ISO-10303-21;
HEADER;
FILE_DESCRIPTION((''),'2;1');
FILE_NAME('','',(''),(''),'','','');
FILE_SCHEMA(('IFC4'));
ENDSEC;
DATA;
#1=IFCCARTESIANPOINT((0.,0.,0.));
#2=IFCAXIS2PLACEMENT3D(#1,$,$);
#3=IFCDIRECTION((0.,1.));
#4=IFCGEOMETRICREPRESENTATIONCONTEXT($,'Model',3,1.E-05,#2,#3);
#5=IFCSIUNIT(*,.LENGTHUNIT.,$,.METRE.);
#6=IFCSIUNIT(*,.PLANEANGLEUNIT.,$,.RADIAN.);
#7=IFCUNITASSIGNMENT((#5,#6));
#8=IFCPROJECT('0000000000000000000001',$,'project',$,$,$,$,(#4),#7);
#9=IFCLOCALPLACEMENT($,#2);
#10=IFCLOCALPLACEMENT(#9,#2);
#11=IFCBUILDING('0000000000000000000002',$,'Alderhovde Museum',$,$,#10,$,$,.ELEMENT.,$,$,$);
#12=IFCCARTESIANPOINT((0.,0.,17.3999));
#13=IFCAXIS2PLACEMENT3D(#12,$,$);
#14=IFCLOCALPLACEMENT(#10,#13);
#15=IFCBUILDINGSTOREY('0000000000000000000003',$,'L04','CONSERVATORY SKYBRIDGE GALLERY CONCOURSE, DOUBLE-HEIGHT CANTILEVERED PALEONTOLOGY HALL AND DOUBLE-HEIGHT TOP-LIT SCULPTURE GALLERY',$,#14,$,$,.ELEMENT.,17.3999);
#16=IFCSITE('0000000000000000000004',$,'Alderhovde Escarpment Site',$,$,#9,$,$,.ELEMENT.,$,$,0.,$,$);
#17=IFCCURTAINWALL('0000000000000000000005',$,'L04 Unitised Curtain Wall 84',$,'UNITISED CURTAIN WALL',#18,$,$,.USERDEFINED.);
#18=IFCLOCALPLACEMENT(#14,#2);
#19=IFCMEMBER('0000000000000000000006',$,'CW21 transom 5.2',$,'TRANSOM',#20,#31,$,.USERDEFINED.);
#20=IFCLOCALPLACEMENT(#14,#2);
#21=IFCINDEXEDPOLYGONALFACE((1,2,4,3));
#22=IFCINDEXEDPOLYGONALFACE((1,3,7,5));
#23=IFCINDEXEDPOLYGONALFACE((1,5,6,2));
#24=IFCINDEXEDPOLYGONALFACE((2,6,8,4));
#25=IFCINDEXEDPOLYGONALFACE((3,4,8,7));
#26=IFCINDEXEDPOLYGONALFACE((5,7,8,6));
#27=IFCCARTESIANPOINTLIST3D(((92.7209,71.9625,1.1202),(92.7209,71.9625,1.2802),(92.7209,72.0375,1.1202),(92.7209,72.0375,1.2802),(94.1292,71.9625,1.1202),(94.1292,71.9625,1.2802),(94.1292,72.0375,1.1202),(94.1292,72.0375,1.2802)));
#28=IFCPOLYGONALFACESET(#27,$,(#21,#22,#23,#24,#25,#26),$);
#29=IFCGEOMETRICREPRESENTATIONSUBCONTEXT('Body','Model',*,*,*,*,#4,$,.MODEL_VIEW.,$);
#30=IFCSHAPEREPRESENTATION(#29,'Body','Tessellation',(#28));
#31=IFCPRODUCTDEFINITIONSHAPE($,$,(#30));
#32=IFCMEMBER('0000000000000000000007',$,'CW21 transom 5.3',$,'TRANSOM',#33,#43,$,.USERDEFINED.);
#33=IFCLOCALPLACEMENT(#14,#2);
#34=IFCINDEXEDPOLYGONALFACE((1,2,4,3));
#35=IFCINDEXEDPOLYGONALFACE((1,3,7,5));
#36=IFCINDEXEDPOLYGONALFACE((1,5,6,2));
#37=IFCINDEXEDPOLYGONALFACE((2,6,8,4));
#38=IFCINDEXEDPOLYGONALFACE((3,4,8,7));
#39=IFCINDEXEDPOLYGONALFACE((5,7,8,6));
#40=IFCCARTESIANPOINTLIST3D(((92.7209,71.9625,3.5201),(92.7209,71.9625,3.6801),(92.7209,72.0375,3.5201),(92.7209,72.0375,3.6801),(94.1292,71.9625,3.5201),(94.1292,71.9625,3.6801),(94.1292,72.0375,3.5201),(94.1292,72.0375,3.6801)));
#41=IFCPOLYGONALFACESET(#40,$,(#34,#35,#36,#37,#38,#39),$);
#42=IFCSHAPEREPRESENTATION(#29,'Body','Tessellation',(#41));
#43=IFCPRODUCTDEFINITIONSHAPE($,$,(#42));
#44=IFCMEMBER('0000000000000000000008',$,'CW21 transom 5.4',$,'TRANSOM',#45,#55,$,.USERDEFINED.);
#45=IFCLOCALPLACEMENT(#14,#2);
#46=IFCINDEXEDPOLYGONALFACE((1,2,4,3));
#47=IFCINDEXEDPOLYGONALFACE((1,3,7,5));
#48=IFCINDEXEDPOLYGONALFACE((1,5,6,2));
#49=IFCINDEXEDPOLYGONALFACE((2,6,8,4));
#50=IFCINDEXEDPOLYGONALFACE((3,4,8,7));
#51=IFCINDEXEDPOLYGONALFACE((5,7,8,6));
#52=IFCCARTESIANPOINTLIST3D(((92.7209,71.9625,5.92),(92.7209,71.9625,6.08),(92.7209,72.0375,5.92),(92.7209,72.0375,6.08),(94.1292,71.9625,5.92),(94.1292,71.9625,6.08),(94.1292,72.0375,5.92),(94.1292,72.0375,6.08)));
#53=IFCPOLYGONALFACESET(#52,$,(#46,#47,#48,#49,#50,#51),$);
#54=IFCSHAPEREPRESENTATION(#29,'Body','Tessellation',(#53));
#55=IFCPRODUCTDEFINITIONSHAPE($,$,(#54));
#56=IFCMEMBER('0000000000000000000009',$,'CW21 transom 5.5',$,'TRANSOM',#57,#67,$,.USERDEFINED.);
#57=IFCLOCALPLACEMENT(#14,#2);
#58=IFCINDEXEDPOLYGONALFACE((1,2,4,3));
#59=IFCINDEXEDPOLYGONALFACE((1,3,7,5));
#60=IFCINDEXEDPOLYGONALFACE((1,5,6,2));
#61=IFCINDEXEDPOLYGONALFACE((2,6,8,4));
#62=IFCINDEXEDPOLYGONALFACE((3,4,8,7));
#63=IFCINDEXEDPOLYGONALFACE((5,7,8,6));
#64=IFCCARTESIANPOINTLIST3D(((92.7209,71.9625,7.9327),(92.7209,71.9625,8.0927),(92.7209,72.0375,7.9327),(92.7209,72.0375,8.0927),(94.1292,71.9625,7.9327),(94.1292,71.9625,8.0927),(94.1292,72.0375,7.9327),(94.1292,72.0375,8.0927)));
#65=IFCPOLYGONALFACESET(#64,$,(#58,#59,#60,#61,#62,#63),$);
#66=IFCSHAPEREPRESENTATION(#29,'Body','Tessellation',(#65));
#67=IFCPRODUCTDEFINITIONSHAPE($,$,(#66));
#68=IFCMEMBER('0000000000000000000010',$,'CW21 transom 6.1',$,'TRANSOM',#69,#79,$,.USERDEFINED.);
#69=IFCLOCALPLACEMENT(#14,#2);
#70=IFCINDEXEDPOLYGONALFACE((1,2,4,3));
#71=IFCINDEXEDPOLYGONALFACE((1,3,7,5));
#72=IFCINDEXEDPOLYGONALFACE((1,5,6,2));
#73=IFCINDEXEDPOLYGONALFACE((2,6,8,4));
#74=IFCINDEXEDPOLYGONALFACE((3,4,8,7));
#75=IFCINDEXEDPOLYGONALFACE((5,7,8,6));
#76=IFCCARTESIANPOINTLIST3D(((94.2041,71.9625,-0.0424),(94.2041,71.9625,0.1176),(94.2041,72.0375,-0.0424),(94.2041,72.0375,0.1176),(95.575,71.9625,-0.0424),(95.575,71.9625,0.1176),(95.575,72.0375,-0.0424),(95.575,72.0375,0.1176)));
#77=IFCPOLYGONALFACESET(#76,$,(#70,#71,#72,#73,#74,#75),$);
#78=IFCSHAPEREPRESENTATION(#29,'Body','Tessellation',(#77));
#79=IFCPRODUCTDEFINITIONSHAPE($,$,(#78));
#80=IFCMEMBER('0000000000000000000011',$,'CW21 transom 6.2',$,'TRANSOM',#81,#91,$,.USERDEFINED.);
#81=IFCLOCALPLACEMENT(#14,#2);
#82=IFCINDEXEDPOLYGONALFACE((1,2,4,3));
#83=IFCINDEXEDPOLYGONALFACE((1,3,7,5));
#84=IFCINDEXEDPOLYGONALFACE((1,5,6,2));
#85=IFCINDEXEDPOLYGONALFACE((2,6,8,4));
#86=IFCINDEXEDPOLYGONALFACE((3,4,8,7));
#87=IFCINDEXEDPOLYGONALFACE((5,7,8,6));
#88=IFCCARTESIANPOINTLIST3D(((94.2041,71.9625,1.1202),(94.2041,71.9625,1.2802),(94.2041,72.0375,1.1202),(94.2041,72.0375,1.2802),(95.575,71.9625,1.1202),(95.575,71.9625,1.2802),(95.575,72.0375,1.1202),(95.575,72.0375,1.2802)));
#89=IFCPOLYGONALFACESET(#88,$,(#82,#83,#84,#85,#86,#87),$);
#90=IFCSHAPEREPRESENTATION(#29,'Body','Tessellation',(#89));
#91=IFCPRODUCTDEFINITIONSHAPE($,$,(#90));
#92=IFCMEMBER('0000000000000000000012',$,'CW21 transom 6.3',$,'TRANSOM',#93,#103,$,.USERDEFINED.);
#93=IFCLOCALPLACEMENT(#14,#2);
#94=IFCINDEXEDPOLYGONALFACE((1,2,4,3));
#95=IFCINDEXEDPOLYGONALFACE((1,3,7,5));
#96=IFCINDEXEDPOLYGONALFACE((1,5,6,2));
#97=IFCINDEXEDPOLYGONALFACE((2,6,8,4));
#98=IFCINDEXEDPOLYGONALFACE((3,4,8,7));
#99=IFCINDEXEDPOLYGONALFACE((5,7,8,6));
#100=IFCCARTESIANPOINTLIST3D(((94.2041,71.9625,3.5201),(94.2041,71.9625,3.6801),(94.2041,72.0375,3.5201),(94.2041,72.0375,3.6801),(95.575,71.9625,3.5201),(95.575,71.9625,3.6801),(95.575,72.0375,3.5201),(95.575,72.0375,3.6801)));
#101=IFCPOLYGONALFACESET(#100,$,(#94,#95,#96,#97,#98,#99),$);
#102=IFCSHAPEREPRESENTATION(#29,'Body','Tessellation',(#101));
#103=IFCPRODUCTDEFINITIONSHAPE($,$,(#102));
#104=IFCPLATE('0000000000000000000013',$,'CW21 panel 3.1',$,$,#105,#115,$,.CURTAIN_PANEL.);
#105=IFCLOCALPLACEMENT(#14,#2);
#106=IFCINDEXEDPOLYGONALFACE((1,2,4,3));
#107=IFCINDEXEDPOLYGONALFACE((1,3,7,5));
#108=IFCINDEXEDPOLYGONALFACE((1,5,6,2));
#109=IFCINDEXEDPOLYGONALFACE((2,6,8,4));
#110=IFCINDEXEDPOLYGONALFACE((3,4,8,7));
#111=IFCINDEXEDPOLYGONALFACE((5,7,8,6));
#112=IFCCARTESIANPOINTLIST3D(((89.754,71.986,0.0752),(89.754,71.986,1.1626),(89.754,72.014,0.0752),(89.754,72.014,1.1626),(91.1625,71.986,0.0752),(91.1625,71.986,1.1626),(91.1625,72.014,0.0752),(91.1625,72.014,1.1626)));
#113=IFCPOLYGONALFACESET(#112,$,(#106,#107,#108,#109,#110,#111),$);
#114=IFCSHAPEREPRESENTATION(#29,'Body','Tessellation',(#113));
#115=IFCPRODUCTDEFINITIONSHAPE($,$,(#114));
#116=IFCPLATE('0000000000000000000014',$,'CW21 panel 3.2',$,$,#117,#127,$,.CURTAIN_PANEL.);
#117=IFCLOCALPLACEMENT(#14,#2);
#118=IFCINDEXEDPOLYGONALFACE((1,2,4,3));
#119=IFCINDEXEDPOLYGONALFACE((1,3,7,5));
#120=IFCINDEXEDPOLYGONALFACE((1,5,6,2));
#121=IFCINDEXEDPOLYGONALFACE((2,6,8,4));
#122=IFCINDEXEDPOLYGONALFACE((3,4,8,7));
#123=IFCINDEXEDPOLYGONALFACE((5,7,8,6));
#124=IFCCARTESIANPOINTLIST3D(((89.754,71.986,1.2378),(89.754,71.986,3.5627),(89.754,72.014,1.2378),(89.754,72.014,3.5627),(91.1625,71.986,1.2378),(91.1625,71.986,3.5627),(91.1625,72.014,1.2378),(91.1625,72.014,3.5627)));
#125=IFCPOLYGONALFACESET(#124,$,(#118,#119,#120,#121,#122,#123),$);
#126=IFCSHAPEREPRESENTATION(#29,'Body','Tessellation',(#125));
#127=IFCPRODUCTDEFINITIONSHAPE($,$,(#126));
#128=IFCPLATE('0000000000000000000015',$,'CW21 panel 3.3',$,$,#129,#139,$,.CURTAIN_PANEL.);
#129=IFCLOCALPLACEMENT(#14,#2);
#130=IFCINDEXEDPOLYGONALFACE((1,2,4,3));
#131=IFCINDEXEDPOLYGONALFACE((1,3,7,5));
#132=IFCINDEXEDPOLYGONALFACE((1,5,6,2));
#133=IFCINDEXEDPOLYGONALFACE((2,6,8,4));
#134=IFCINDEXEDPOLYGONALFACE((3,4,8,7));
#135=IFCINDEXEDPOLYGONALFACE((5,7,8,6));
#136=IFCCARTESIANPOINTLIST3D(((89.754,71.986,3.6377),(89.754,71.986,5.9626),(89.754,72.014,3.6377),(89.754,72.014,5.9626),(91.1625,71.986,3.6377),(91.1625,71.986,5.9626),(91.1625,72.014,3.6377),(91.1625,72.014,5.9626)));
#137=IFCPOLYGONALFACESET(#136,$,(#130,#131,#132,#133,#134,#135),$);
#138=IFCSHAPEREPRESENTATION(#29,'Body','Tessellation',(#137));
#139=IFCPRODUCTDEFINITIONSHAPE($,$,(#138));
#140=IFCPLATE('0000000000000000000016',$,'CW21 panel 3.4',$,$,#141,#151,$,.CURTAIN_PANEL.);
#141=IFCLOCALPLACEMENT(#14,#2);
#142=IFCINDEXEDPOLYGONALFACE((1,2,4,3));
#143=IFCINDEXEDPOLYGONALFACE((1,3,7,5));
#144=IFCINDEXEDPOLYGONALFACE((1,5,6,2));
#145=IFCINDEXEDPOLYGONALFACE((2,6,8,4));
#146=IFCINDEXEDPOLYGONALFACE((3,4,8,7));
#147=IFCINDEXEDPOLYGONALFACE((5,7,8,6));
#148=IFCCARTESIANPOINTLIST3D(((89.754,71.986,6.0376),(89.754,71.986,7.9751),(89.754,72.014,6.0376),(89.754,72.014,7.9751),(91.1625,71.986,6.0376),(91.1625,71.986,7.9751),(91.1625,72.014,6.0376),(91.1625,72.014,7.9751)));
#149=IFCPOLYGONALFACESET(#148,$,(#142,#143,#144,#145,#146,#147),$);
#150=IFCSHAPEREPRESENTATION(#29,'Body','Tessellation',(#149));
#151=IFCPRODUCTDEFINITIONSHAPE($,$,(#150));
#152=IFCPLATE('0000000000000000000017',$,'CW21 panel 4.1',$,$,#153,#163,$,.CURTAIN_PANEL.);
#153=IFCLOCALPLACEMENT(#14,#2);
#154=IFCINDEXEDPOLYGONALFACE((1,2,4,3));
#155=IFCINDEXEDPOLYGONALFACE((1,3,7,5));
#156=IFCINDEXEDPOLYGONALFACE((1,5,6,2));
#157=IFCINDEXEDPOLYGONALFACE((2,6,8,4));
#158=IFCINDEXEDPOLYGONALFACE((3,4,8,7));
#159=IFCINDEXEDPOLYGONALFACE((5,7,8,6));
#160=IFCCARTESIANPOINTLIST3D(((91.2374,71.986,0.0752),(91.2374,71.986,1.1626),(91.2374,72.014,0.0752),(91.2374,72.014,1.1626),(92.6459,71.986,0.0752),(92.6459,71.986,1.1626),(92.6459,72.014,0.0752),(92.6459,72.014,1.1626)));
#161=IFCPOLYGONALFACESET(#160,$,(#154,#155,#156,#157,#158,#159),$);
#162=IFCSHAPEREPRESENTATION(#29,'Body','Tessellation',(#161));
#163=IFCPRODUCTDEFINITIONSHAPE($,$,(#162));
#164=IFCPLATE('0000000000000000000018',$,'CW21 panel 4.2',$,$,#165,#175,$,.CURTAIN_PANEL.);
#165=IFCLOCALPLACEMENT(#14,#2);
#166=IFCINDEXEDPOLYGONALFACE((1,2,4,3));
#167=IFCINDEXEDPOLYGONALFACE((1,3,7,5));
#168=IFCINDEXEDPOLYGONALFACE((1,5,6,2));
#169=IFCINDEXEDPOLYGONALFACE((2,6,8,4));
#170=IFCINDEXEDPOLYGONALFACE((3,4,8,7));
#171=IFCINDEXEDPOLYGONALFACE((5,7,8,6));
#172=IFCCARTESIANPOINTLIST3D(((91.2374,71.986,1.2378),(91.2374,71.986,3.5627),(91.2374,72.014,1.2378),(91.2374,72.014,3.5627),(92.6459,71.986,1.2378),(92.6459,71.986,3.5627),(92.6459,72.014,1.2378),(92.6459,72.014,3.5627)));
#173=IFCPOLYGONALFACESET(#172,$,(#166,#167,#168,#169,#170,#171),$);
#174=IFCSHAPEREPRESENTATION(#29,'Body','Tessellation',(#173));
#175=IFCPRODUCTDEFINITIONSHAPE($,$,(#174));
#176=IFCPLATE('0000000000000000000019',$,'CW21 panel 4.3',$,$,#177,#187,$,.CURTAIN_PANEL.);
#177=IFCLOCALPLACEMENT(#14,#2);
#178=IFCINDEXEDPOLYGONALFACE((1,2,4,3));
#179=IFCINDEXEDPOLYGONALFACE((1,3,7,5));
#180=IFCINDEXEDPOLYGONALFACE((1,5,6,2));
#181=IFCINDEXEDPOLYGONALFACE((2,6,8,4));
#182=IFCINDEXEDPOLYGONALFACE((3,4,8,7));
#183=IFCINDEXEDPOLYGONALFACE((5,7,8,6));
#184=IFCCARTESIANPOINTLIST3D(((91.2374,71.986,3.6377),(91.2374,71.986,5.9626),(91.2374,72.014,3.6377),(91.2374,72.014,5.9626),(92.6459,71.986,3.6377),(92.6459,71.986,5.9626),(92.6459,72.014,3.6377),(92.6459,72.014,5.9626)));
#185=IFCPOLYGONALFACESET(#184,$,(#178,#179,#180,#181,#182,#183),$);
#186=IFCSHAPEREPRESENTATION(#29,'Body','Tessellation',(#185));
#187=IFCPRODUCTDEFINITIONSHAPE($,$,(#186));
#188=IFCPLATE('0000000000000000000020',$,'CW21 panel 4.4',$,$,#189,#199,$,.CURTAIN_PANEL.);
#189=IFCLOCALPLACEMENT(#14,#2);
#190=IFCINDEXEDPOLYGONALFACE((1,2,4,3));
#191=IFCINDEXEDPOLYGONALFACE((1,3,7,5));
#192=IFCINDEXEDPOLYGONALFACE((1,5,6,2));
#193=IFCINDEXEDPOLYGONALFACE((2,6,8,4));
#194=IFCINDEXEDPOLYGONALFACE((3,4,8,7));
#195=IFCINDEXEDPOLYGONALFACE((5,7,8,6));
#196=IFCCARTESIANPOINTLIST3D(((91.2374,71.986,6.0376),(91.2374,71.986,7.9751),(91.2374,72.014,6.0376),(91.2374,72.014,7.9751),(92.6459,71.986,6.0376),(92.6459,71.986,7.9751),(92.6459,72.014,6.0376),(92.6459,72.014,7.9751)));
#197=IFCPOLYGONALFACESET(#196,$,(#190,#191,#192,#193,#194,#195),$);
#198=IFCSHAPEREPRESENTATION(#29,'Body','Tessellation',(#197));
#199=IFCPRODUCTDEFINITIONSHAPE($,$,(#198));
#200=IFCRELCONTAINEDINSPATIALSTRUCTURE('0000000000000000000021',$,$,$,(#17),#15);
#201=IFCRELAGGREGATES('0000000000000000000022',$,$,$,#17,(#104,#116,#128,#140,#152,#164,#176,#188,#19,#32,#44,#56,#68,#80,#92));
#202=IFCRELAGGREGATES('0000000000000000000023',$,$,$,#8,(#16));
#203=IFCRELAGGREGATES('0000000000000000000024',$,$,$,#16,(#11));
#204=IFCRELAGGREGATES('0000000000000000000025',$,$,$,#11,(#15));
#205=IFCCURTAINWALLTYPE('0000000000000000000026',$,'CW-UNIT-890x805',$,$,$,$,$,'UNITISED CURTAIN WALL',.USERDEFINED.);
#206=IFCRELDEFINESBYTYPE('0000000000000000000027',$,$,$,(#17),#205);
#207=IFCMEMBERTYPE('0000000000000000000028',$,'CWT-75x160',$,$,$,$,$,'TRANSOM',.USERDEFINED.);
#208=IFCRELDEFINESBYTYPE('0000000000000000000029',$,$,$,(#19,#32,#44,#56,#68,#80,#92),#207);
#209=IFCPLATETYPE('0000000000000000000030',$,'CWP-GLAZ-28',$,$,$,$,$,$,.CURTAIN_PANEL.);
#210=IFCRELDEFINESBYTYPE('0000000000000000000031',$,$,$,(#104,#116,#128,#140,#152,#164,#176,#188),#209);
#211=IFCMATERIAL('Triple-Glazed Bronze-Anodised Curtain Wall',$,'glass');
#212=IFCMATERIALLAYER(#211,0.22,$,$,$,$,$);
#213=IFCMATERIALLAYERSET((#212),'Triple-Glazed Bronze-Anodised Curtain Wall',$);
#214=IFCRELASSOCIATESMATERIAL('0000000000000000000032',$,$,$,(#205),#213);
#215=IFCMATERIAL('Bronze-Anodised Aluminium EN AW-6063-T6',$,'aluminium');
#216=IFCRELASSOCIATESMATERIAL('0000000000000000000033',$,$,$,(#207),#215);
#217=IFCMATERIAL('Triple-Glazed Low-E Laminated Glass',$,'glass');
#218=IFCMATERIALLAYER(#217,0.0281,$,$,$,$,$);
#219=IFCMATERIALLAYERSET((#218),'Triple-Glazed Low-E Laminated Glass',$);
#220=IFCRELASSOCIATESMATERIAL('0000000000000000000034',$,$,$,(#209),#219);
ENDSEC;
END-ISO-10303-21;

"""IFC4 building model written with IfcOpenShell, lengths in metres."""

from ifc_helpers import new_model, si_unit, direction, frame, origin, origin_2d, place, context, subcontext, project, spatial, rectangle, extrude, material, layer, layer_set, material_profile, profile_set, type_object, element, aggregate, save


model = new_model("IFC4")

# Units and contexts
model_context = context("Model", 3, precision=1e-05, world=origin(), true_north=direction((0.0, 1.0)))
body_context = subcontext(model_context, "Body", "Model", "MODEL_VIEW")
ifc_project = project(units=[si_unit("LENGTHUNIT", "METRE"), si_unit("PLANEANGLEUNIT", "RADIAN")], contexts=[model_context])

# Site, building, storey
site_placement = place(None, origin())
site = spatial("IfcSite", under=ifc_project, at=site_placement, Name="Alderhovde Escarpment Site", CompositionType="ELEMENT", RefElevation=0.0)
building_placement = place(site_placement, origin())
building = spatial("IfcBuilding", under=site, at=building_placement, Name="Alderhovde Museum", CompositionType="ELEMENT")
storey_placement = place(building_placement, frame((0.0, 0.0, 17.3999)))
storey = spatial("IfcBuildingStorey", under=building, at=storey_placement, Name="L04", Description="CONSERVATORY SKYBRIDGE GALLERY CONCOURSE, DOUBLE-HEIGHT CANTILEVERED PALEONTOLOGY HALL AND DOUBLE-HEIGHT TOP-LIT SCULPTURE GALLERY", CompositionType="ELEMENT", Elevation=17.3999)

# Curtain wall, members, plates
ifc_material_1 = material(Name="Triple-Glazed Bronze-Anodised Curtain Wall", Category="glass")
ifc_layer_1 = layer(ifc_material_1, 0.22)
ifc_layer_set_1 = layer_set([ifc_layer_1], Name="Triple-Glazed Bronze-Anodised Curtain Wall")
curtain_wall_type = type_object("IfcCurtainWallType", Name="CW-UNIT-890x805", ElementType="UNITISED CURTAIN WALL", PredefinedType="USERDEFINED", material=ifc_layer_set_1)
curtain_wall_placement = place(storey_placement, origin())
curtain_wall = element("IfcCurtainWall", 1, at=curtain_wall_placement, inside=storey, type_object=curtain_wall_type, Name="L04 Unitised Curtain Wall 84", ObjectType="UNITISED CURTAIN WALL", PredefinedType="USERDEFINED")
ifc_material_2 = material(Name="Bronze-Anodised Aluminium EN AW-6063-T6", Category="aluminium")
ifc_material_profile_1 = material_profile(ifc_material_2, rectangle(XDim=0.075, YDim=0.1599, at=origin_2d()), Name="TRANSOM 75x160")
ifc_profile_set_1 = profile_set([ifc_material_profile_1], Name="Bronze-Anodised Aluminium EN AW-6063-T6")
member_type_1 = type_object("IfcMemberType", Name="CWT-75x160", ElementType="TRANSOM", PredefinedType="USERDEFINED", material=ifc_profile_set_1)
member_1_placement = place(storey_placement, frame((92.7209, 72.0, 1.2002), z_axis=(1.0, 0.0, 0.0), x_axis=(0.0, 1.0, 0.0)))
member_1 = element("IfcMember", 2, at=member_1_placement, type_object=member_type_1, Name="CW21 transom 5.2", ObjectType="TRANSOM", PredefinedType="USERDEFINED", context=body_context, shape_type="SweptSolid", body=[
    extrude(rectangle(XDim=0.075, YDim=0.1599, at=origin_2d()), origin(), (0.0, 0.0, 1.0), 1.4082),
])
member_2_placement = place(storey_placement, frame((92.7209, 72.0, 3.6001), z_axis=(1.0, 0.0, 0.0), x_axis=(0.0, 1.0, 0.0)))
member_2 = element("IfcMember", 3, at=member_2_placement, type_object=member_type_1, Name="CW21 transom 5.3", ObjectType="TRANSOM", PredefinedType="USERDEFINED", context=body_context, shape_type="SweptSolid", body=[
    extrude(rectangle(XDim=0.075, YDim=0.1599, at=origin_2d()), origin(), (0.0, 0.0, 1.0), 1.4082),
])
member_3_placement = place(storey_placement, frame((92.7209, 72.0, 6.0), z_axis=(1.0, 0.0, 0.0), x_axis=(0.0, 1.0, 0.0)))
member_3 = element("IfcMember", 4, at=member_3_placement, type_object=member_type_1, Name="CW21 transom 5.4", ObjectType="TRANSOM", PredefinedType="USERDEFINED", context=body_context, shape_type="SweptSolid", body=[
    extrude(rectangle(XDim=0.075, YDim=0.1599, at=origin_2d()), origin(), (0.0, 0.0, 1.0), 1.4082),
])
member_4_placement = place(storey_placement, frame((92.7209, 72.0, 8.0127), z_axis=(1.0, 0.0, 0.0), x_axis=(0.0, 1.0, 0.0)))
member_4 = element("IfcMember", 5, at=member_4_placement, type_object=member_type_1, Name="CW21 transom 5.5", ObjectType="TRANSOM", PredefinedType="USERDEFINED", context=body_context, shape_type="SweptSolid", body=[
    extrude(rectangle(XDim=0.075, YDim=0.1599, at=origin_2d()), origin(), (0.0, 0.0, 1.0), 1.4082),
])
member_5_placement = place(storey_placement, frame((94.2041, 72.0, 0.0376), z_axis=(1.0, 0.0, 0.0), x_axis=(0.0, 1.0, 0.0)))
member_5 = element("IfcMember", 6, at=member_5_placement, type_object=member_type_1, Name="CW21 transom 6.1", ObjectType="TRANSOM", PredefinedType="USERDEFINED", context=body_context, shape_type="SweptSolid", body=[
    extrude(rectangle(XDim=0.075, YDim=0.1599, at=origin_2d()), origin(), (0.0, 0.0, 1.0), 1.3708),
])
member_6_placement = place(storey_placement, frame((94.2041, 72.0, 1.2002), z_axis=(1.0, 0.0, 0.0), x_axis=(0.0, 1.0, 0.0)))
member_6 = element("IfcMember", 7, at=member_6_placement, type_object=member_type_1, Name="CW21 transom 6.2", ObjectType="TRANSOM", PredefinedType="USERDEFINED", context=body_context, shape_type="SweptSolid", body=[
    extrude(rectangle(XDim=0.075, YDim=0.1599, at=origin_2d()), origin(), (0.0, 0.0, 1.0), 1.3708),
])
member_7_placement = place(storey_placement, frame((94.2041, 72.0, 3.6001), z_axis=(1.0, 0.0, 0.0), x_axis=(0.0, 1.0, 0.0)))
member_7 = element("IfcMember", 8, at=member_7_placement, type_object=member_type_1, Name="CW21 transom 6.3", ObjectType="TRANSOM", PredefinedType="USERDEFINED", context=body_context, shape_type="SweptSolid", body=[
    extrude(rectangle(XDim=0.075, YDim=0.1599, at=origin_2d()), origin(), (0.0, 0.0, 1.0), 1.3708),
])
ifc_material_3 = material(Name="Triple-Glazed Low-E Laminated Glass", Category="glass")
ifc_layer_2 = layer(ifc_material_3, 0.0281)
ifc_layer_set_2 = layer_set([ifc_layer_2], Name="Triple-Glazed Low-E Laminated Glass")
plate_type = type_object("IfcPlateType", Name="CWP-GLAZ-28", PredefinedType="CURTAIN_PANEL", material=ifc_layer_set_2)
plate_1_placement = place(storey_placement, frame((90.4583, 72.0, 0.0752), z_axis=(0.0, 0.0, 1.0), x_axis=(1.0, 0.0, 0.0)))
plate_1 = element("IfcPlate", 9, at=plate_1_placement, type_object=plate_type, Name="CW21 panel 3.1", PredefinedType="CURTAIN_PANEL", context=body_context, shape_type="SweptSolid", body=[
    extrude(rectangle(XDim=1.4084, YDim=0.0281, at=origin_2d()), origin(), (0.0, 0.0, 1.0), 1.0874),
])
plate_2_placement = place(storey_placement, frame((90.4583, 72.0, 1.2378), z_axis=(0.0, 0.0, 1.0), x_axis=(1.0, 0.0, 0.0)))
plate_2 = element("IfcPlate", 10, at=plate_2_placement, type_object=plate_type, Name="CW21 panel 3.2", PredefinedType="CURTAIN_PANEL", context=body_context, shape_type="SweptSolid", body=[
    extrude(rectangle(XDim=1.4084, YDim=0.0281, at=origin_2d()), origin(), (0.0, 0.0, 1.0), 2.325),
])
plate_3_placement = place(storey_placement, frame((90.4583, 72.0, 3.6377), z_axis=(0.0, 0.0, 1.0), x_axis=(1.0, 0.0, 0.0)))
plate_3 = element("IfcPlate", 11, at=plate_3_placement, type_object=plate_type, Name="CW21 panel 3.3", PredefinedType="CURTAIN_PANEL", context=body_context, shape_type="SweptSolid", body=[
    extrude(rectangle(XDim=1.4084, YDim=0.0281, at=origin_2d()), origin(), (0.0, 0.0, 1.0), 2.325),
])
plate_4_placement = place(storey_placement, frame((90.4583, 72.0, 6.0376), z_axis=(0.0, 0.0, 1.0), x_axis=(1.0, 0.0, 0.0)))
plate_4 = element("IfcPlate", 12, at=plate_4_placement, type_object=plate_type, Name="CW21 panel 3.4", PredefinedType="CURTAIN_PANEL", context=body_context, shape_type="SweptSolid", body=[
    extrude(rectangle(XDim=1.4084, YDim=0.0281, at=origin_2d()), origin(), (0.0, 0.0, 1.0), 1.9375),
])
plate_5_placement = place(storey_placement, frame((91.9417, 72.0, 0.0752), z_axis=(0.0, 0.0, 1.0), x_axis=(1.0, 0.0, 0.0)))
plate_5 = element("IfcPlate", 13, at=plate_5_placement, type_object=plate_type, Name="CW21 panel 4.1", PredefinedType="CURTAIN_PANEL", context=body_context, shape_type="SweptSolid", body=[
    extrude(rectangle(XDim=1.4084, YDim=0.0281, at=origin_2d()), origin(), (0.0, 0.0, 1.0), 1.0874),
])
plate_6_placement = place(storey_placement, frame((91.9417, 72.0, 1.2378), z_axis=(0.0, 0.0, 1.0), x_axis=(1.0, 0.0, 0.0)))
plate_6 = element("IfcPlate", 14, at=plate_6_placement, type_object=plate_type, Name="CW21 panel 4.2", PredefinedType="CURTAIN_PANEL", context=body_context, shape_type="SweptSolid", body=[
    extrude(rectangle(XDim=1.4084, YDim=0.0281, at=origin_2d()), origin(), (0.0, 0.0, 1.0), 2.325),
])
plate_7_placement = place(storey_placement, frame((91.9417, 72.0, 3.6377), z_axis=(0.0, 0.0, 1.0), x_axis=(1.0, 0.0, 0.0)))
plate_7 = element("IfcPlate", 15, at=plate_7_placement, type_object=plate_type, Name="CW21 panel 4.3", PredefinedType="CURTAIN_PANEL", context=body_context, shape_type="SweptSolid", body=[
    extrude(rectangle(XDim=1.4084, YDim=0.0281, at=origin_2d()), origin(), (0.0, 0.0, 1.0), 2.325),
])
plate_8_placement = place(storey_placement, frame((91.9417, 72.0, 6.0376), z_axis=(0.0, 0.0, 1.0), x_axis=(1.0, 0.0, 0.0)))
plate_8 = element("IfcPlate", 16, at=plate_8_placement, type_object=plate_type, Name="CW21 panel 4.4", PredefinedType="CURTAIN_PANEL", context=body_context, shape_type="SweptSolid", body=[
    extrude(rectangle(XDim=1.4084, YDim=0.0281, at=origin_2d()), origin(), (0.0, 0.0, 1.0), 1.9375),
])
aggregate(curtain_wall, [plate_1, plate_2, plate_3, plate_4, plate_5, plate_6, plate_7, plate_8, member_1, member_2, member_3, member_4, member_5, member_6, member_7])

save(model, "model.ifc")
